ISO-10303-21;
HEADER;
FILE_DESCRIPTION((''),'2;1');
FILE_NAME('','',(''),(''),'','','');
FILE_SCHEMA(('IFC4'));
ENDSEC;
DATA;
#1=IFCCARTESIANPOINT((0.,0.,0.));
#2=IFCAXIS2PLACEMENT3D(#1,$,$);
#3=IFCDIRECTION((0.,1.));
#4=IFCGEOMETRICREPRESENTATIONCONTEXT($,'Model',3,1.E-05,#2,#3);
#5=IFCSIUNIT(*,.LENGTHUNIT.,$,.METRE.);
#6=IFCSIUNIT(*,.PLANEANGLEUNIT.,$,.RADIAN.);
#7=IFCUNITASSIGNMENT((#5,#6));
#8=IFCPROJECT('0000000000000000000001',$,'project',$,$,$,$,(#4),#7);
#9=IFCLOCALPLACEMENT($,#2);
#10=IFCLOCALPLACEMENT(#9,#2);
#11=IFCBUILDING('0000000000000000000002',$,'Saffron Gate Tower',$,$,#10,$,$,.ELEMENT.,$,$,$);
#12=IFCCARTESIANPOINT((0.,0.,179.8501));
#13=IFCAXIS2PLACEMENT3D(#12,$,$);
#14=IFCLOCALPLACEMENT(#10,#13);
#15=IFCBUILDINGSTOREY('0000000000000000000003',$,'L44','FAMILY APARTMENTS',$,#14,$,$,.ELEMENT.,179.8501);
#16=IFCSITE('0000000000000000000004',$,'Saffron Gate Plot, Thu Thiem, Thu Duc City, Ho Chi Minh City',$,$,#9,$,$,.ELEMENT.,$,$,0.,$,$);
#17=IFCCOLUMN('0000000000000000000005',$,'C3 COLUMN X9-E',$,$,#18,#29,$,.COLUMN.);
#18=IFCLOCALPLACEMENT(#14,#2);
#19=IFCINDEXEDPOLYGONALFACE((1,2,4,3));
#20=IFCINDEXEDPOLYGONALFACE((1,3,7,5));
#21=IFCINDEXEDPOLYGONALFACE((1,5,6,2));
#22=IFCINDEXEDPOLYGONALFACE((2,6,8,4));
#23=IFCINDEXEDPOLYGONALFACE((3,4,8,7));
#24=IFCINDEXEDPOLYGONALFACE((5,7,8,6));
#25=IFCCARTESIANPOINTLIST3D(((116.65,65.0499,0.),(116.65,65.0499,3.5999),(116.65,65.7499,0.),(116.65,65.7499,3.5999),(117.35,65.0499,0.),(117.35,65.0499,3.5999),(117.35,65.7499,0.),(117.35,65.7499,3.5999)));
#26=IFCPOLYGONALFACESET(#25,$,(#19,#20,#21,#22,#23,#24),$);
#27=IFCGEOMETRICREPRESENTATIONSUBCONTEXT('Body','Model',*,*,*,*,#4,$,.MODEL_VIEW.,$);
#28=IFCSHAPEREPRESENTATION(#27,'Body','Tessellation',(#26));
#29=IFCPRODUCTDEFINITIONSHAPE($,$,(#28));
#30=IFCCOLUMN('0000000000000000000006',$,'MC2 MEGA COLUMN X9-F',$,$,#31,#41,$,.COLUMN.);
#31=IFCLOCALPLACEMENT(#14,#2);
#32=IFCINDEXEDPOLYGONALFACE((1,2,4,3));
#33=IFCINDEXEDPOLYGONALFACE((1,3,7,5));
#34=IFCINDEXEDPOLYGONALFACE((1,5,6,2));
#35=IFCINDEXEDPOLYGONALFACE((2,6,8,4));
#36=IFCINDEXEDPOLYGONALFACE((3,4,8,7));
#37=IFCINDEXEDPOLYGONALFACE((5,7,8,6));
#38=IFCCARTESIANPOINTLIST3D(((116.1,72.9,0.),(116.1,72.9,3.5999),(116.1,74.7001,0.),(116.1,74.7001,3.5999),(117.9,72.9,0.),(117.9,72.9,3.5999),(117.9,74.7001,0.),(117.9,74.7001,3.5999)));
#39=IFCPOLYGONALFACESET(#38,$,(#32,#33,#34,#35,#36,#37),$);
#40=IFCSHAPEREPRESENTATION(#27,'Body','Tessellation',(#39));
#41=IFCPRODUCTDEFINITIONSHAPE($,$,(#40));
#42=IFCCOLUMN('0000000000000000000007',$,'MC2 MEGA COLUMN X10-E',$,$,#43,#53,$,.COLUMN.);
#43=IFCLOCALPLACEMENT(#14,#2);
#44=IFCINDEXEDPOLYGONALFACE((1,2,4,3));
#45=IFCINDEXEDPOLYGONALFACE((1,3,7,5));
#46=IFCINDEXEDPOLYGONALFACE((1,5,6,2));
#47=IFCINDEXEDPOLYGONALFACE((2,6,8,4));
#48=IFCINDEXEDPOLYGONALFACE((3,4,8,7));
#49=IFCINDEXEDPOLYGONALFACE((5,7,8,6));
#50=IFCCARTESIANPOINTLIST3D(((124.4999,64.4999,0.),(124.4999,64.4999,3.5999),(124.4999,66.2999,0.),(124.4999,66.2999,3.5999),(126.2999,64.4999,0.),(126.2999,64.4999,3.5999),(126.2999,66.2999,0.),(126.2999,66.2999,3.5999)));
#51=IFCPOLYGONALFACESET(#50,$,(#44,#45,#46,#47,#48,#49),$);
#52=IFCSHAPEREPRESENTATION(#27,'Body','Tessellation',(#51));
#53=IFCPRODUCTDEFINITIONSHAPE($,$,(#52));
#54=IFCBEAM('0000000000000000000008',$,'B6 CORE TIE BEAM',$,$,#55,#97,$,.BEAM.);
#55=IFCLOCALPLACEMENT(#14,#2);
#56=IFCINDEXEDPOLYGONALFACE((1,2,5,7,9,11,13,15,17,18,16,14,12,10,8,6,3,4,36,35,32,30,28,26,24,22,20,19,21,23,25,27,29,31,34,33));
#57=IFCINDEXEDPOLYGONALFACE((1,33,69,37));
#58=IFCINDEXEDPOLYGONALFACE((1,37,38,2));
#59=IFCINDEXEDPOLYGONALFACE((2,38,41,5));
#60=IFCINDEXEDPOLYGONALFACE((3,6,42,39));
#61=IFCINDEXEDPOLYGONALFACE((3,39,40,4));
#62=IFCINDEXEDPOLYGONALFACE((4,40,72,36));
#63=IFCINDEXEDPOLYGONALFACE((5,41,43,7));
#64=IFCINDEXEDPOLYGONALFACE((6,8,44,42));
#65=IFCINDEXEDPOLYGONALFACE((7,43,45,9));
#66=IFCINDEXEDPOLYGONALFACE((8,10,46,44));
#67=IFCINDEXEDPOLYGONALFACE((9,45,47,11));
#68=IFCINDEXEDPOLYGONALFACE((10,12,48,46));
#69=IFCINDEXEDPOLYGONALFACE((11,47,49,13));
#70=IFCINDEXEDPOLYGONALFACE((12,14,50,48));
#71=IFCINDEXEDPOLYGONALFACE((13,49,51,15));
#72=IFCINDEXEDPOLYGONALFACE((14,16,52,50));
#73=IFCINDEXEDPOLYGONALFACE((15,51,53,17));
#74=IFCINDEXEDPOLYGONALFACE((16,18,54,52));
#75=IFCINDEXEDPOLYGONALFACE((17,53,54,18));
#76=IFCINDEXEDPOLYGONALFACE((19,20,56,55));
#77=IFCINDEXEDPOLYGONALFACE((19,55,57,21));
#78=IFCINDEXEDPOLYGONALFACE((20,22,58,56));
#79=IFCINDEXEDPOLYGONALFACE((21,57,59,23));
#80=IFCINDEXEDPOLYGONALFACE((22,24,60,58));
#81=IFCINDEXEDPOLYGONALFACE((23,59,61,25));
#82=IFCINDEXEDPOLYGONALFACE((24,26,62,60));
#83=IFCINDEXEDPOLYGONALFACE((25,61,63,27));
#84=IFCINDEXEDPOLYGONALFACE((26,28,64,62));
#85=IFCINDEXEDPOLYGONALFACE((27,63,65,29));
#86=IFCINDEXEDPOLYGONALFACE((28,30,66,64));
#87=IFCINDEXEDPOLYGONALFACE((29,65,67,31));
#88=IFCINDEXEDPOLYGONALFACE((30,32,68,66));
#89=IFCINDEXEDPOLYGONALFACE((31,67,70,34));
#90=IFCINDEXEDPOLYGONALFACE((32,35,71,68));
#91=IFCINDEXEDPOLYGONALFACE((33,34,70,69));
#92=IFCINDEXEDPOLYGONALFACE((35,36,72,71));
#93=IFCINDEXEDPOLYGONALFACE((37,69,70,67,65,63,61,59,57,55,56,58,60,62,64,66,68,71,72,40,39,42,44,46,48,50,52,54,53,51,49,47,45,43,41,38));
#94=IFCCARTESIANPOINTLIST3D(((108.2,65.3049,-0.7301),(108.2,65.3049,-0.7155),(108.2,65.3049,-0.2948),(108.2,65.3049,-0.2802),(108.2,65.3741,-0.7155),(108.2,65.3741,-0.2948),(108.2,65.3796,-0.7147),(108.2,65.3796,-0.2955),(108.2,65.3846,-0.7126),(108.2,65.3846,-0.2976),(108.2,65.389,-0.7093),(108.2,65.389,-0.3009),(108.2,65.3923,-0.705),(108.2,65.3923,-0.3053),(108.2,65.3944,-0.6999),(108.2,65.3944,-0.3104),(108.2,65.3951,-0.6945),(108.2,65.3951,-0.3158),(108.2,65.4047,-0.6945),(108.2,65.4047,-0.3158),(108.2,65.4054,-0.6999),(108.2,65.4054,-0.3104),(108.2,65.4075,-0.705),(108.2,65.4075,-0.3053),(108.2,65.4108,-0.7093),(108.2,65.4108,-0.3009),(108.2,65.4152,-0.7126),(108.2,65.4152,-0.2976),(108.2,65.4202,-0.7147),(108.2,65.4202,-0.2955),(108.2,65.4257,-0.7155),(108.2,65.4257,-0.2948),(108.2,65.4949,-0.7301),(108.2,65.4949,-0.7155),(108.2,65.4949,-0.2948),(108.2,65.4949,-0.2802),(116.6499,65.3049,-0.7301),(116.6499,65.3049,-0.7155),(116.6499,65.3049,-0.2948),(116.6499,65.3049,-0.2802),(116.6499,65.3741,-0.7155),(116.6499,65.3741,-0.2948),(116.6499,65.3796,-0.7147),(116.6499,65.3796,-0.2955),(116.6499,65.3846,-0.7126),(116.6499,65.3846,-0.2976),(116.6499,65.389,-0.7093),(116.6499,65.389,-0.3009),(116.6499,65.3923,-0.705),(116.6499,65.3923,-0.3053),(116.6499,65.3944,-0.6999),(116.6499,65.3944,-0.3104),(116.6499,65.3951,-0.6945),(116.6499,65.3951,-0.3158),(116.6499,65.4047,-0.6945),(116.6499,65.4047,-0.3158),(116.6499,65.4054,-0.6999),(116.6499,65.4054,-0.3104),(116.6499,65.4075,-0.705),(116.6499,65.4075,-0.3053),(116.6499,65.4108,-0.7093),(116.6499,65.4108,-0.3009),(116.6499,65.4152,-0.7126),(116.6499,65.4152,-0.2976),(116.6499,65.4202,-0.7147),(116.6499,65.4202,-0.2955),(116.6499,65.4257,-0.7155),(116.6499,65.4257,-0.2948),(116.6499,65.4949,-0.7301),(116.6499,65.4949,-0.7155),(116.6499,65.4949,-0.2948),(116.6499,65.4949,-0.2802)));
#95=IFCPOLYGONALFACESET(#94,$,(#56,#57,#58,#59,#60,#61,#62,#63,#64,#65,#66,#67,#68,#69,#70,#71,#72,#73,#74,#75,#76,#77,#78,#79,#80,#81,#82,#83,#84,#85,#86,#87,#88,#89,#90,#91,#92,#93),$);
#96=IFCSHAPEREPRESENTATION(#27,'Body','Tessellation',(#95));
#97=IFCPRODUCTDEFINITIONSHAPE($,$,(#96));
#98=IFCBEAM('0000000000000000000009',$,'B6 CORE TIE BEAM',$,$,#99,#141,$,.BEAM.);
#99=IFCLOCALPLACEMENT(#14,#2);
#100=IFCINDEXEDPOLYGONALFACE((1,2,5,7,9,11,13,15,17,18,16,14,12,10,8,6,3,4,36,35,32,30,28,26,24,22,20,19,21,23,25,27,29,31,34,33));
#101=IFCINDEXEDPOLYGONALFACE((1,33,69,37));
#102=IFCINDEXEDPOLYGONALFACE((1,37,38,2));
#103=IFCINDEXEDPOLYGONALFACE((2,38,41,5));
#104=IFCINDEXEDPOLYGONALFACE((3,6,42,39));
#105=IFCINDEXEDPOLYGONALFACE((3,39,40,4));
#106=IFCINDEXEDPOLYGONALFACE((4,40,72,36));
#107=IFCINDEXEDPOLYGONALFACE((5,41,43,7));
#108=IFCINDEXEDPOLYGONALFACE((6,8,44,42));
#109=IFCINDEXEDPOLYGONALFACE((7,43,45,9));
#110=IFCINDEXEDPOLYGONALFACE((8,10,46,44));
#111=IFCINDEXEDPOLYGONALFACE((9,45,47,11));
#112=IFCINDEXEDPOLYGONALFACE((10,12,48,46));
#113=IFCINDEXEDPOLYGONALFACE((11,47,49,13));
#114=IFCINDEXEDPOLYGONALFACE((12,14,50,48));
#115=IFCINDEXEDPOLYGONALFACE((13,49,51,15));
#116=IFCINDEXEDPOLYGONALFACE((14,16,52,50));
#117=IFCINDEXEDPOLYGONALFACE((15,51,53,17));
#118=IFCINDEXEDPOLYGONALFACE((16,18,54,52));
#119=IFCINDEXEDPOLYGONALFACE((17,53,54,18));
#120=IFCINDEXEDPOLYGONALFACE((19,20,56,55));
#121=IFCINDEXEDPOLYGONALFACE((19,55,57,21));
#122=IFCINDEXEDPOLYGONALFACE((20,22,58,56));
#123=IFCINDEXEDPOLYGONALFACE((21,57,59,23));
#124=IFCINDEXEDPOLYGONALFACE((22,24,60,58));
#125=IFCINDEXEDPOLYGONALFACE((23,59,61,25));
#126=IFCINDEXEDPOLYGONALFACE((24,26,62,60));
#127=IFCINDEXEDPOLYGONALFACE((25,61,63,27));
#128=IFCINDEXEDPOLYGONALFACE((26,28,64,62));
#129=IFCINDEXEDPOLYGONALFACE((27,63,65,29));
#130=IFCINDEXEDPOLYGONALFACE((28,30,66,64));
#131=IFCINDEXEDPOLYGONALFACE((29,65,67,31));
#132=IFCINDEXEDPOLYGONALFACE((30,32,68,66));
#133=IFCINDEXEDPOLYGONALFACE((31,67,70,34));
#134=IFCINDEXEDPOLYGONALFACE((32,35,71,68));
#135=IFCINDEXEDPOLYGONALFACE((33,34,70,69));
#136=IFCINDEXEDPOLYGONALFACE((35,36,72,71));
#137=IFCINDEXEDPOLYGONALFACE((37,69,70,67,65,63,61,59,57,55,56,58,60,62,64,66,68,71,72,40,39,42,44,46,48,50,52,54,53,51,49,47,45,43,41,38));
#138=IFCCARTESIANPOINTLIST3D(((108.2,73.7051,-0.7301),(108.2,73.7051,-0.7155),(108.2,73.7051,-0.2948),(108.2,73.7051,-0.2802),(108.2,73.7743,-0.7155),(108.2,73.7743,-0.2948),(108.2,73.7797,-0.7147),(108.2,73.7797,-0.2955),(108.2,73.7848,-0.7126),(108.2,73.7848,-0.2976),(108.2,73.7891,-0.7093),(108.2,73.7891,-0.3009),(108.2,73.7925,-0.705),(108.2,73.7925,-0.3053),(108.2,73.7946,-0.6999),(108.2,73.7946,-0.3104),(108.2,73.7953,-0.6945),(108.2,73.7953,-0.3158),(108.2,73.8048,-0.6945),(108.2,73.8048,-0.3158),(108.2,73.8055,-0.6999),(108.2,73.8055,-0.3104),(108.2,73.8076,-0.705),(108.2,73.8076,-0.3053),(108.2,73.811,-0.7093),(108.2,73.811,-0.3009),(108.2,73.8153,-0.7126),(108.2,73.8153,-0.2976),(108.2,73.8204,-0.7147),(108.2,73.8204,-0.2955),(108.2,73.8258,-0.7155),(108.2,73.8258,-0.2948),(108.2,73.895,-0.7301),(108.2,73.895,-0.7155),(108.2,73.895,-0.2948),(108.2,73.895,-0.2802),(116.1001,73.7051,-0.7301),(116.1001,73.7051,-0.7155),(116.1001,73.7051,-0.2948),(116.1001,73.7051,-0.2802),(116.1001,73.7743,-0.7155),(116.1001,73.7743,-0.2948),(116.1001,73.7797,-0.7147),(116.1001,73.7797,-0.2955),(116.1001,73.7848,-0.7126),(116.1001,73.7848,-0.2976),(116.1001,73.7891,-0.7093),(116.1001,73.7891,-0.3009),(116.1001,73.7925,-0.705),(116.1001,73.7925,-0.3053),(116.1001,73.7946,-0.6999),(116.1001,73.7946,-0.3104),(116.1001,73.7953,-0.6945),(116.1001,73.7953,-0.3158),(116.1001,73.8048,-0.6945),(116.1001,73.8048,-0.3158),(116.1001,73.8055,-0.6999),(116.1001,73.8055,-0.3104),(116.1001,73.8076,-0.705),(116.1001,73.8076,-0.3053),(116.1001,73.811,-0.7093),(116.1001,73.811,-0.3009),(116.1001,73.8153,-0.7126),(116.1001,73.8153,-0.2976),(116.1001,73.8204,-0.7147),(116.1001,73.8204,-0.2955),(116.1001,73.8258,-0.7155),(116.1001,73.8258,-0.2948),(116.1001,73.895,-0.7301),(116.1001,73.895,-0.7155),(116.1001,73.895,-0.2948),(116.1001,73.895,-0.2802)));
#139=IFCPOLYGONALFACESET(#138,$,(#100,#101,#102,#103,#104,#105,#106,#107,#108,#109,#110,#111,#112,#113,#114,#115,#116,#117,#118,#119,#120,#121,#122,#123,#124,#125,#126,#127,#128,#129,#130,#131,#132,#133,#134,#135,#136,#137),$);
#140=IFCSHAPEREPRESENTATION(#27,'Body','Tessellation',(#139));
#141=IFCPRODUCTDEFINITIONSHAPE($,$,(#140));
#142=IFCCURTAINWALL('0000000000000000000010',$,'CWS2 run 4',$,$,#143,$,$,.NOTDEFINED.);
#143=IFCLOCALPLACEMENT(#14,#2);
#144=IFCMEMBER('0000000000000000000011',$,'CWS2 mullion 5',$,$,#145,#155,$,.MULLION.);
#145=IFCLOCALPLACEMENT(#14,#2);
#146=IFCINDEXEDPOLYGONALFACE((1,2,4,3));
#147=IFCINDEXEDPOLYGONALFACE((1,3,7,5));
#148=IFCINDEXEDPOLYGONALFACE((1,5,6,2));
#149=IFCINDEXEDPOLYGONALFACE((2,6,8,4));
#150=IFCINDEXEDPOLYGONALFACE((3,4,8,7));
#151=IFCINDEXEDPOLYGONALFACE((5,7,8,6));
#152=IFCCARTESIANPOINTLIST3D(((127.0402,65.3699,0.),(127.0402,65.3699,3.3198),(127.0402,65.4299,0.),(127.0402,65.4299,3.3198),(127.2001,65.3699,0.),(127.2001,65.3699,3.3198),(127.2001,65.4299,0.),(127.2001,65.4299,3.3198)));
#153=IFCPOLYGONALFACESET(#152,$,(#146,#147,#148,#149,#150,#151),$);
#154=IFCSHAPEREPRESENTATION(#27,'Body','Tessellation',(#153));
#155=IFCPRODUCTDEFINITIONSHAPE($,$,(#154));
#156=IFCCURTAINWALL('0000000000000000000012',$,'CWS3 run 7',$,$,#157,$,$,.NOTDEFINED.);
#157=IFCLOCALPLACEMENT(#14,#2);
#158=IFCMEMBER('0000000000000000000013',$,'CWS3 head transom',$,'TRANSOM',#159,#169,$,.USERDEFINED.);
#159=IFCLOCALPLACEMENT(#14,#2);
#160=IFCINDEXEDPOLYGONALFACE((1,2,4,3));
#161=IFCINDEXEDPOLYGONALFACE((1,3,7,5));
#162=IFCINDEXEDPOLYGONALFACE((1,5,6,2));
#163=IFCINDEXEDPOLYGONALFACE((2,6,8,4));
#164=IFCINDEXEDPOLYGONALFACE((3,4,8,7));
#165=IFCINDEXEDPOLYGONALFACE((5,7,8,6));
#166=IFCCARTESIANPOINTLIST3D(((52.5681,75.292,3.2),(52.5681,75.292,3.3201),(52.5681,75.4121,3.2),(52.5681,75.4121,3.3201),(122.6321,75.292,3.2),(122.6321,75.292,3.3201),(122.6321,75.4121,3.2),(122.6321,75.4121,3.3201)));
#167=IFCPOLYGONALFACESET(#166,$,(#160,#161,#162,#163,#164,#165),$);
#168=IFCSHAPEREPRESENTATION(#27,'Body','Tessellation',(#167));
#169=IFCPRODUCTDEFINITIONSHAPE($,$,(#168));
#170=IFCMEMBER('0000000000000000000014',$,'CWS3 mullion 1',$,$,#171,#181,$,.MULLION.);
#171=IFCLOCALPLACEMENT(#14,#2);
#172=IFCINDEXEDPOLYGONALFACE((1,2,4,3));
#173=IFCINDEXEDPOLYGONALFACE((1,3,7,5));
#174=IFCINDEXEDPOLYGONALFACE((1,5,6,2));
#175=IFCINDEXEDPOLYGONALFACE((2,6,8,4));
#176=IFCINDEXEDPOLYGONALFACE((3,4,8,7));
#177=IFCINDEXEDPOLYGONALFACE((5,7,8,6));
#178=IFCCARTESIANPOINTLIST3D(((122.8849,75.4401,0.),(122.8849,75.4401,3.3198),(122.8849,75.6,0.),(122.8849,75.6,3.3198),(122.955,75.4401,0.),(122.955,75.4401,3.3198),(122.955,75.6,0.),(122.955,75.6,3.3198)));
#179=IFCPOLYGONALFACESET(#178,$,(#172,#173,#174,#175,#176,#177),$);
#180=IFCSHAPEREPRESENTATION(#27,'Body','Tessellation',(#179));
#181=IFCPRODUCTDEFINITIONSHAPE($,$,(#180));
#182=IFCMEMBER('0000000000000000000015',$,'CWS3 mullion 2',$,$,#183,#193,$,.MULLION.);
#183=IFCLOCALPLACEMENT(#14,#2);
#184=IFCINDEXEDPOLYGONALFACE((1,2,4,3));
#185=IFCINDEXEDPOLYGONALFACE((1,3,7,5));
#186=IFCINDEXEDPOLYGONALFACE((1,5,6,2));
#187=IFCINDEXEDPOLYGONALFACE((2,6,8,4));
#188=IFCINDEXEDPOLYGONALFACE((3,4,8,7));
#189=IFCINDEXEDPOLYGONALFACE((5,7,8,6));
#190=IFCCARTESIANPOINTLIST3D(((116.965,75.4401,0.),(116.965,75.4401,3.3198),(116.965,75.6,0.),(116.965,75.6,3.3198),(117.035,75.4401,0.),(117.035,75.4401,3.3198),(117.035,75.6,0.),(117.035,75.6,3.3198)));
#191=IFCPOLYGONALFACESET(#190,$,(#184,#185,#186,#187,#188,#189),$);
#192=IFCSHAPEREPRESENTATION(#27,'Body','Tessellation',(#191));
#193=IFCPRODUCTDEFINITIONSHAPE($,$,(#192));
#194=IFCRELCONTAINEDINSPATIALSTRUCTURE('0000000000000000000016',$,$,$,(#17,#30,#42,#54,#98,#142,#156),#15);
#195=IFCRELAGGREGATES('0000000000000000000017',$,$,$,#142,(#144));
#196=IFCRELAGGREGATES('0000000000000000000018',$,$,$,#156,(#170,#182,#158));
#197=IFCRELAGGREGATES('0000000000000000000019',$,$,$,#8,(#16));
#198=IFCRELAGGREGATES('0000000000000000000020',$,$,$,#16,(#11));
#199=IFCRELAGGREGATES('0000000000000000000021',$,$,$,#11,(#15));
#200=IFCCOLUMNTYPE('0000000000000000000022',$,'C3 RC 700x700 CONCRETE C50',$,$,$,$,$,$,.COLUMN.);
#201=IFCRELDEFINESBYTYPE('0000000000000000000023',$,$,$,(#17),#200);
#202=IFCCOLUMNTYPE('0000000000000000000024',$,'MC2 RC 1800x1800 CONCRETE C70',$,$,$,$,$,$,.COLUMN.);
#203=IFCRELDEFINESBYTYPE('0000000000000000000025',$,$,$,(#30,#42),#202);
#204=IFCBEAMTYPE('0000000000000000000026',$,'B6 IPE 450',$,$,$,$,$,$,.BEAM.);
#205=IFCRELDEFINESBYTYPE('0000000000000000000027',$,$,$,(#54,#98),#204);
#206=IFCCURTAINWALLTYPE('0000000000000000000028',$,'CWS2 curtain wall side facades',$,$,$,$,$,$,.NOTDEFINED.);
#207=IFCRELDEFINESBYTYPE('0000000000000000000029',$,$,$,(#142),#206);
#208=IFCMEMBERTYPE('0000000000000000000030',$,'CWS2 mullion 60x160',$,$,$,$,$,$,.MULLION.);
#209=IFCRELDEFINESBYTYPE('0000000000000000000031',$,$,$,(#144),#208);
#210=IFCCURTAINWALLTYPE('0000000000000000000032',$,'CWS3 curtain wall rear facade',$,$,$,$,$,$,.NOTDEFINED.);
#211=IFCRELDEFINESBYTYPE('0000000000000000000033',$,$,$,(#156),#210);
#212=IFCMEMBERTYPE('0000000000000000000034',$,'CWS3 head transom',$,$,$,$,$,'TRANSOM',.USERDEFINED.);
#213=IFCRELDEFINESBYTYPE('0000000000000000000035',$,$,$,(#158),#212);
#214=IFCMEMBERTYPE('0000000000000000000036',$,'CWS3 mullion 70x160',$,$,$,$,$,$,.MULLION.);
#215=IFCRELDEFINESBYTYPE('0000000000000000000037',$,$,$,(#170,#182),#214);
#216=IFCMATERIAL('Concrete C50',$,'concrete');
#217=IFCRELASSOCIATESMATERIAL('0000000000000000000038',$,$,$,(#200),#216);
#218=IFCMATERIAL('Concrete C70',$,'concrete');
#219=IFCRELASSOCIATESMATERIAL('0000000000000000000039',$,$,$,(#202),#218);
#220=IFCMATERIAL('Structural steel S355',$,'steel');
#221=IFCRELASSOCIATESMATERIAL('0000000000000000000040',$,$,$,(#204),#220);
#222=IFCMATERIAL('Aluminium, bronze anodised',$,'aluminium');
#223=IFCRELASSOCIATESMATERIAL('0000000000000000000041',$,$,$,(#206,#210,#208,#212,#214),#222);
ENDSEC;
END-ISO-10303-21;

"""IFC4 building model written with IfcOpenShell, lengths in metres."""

from ifc_helpers import new_model, si_unit, direction, frame, origin, origin_2d, place, context, subcontext, project, spatial, rectangle, i_section, extrude, material, material_profile, profile_set, type_object, element, aggregate, save


model = new_model("IFC4")

# Units and contexts
model_context = context("Model", 3, precision=1e-05, world=origin(), true_north=direction((0.0, 1.0)))
body_context = subcontext(model_context, "Body", "Model", "MODEL_VIEW")
ifc_project = project(units=[si_unit("LENGTHUNIT", "METRE"), si_unit("PLANEANGLEUNIT", "RADIAN")], contexts=[model_context])

# Site, building, storey
site_placement = place(None, origin())
site = spatial("IfcSite", under=ifc_project, at=site_placement, Name="Saffron Gate Plot, Thu Thiem, Thu Duc City, Ho Chi Minh City", CompositionType="ELEMENT", RefElevation=0.0)
building_placement = place(site_placement, origin())
building = spatial("IfcBuilding", under=site, at=building_placement, Name="Saffron Gate Tower", CompositionType="ELEMENT")
storey_placement = place(building_placement, frame((0.0, 0.0, 179.8501)))
storey = spatial("IfcBuildingStorey", under=building, at=storey_placement, Name="L44", Description="FAMILY APARTMENTS", CompositionType="ELEMENT", Elevation=179.8501)

# Columns
ifc_material_1 = material(Name="Concrete C50", Category="concrete")
ifc_material_profile_1 = material_profile(ifc_material_1, rectangle(XDim=0.7, YDim=0.7, at=origin_2d()))
ifc_profile_set_1 = profile_set([ifc_material_profile_1], Name="Concrete C50")
column_type_1 = type_object("IfcColumnType", Name="C3 RC 700x700 CONCRETE C50", PredefinedType="COLUMN", material=ifc_profile_set_1)
column_placement = place(storey_placement, frame((117.0, 65.3999, 0.0), z_axis=(0.0, 0.0, 1.0), x_axis=(1.0, 0.0, 0.0)))
element("IfcColumn", 1, at=column_placement, inside=storey, type_object=column_type_1, Name="C3 COLUMN X9-E", PredefinedType="COLUMN", context=body_context, shape_type="SweptSolid", body=[
    extrude(rectangle(XDim=0.7, YDim=0.7, at=origin_2d()), origin(), (0.0, 0.0, 1.0), 3.5999),
])
ifc_material_2 = material(Name="Concrete C70", Category="concrete")
ifc_material_profile_2 = material_profile(ifc_material_2, rectangle(XDim=1.8, YDim=1.8, at=origin_2d()))
ifc_profile_set_2 = profile_set([ifc_material_profile_2], Name="Concrete C70")
column_type_2 = type_object("IfcColumnType", Name="MC2 RC 1800x1800 CONCRETE C70", PredefinedType="COLUMN", material=ifc_profile_set_2)
for number, where, z_axis, x_axis, name in (
    (2, (117.0, 73.8, 0.0), (0.0, 0.0, 1.0), (1.0, 0.0, 0.0), "MC2 MEGA COLUMN X9-F"),
    (3, (125.3999, 65.3999, 0.0), (0.0, 0.0, 1.0), (1.0, 0.0, 0.0), "MC2 MEGA COLUMN X10-E"),
):
    element("IfcColumn", number, at=place(storey_placement, frame(where, z_axis=z_axis, x_axis=x_axis)), inside=storey, type_object=column_type_2, Name=name, PredefinedType="COLUMN", context=body_context, shape_type="SweptSolid", body=[
        extrude(rectangle(XDim=1.8, YDim=1.8, at=origin_2d()), origin(), (0.0, 0.0, 1.0), 3.5999),
    ])

# Beams
ifc_material_3 = material(Name="Structural steel S355", Category="steel")
ifc_material_profile_3 = material_profile(ifc_material_3, i_section(OverallWidth=0.1899, OverallDepth=0.45, WebThickness=0.0095, FlangeThickness=0.0146, FilletRadius=0.021, at=origin_2d()))
ifc_profile_set_3 = profile_set([ifc_material_profile_3], Name="Structural steel S355")
beam_type = type_object("IfcBeamType", Name="B6 IPE 450", PredefinedType="BEAM", material=ifc_profile_set_3)
beam_1_placement = place(storey_placement, frame((116.6499, 65.3999, -0.5051), z_axis=(-1.0, 0.0, 0.0), x_axis=(0.0, -1.0, 0.0)))
element("IfcBeam", 4, at=beam_1_placement, inside=storey, type_object=beam_type, Name="B6 CORE TIE BEAM", PredefinedType="BEAM", context=body_context, shape_type="SweptSolid", body=[
    extrude(i_section(OverallWidth=0.1899, OverallDepth=0.45, WebThickness=0.0095, FlangeThickness=0.0146, FilletRadius=0.021, at=origin_2d()), origin(), (0.0, 0.0, 1.0), 8.45),
])
beam_2_placement = place(storey_placement, frame((116.1001, 73.8, -0.5051), z_axis=(-1.0, 0.0, 0.0), x_axis=(0.0, -1.0, 0.0)))
element("IfcBeam", 5, at=beam_2_placement, inside=storey, type_object=beam_type, Name="B6 CORE TIE BEAM", PredefinedType="BEAM", context=body_context, shape_type="SweptSolid", body=[
    extrude(i_section(OverallWidth=0.1899, OverallDepth=0.45, WebThickness=0.0095, FlangeThickness=0.0146, FilletRadius=0.021, at=origin_2d()), origin(), (0.0, 0.0, 1.0), 7.9001),
])

# Curtain wall, member
ifc_material_4 = material(Name="Aluminium, bronze anodised", Category="aluminium")
curtain_wall_type_1 = type_object("IfcCurtainWallType", Name="CWS2 curtain wall side facades", PredefinedType="NOTDEFINED", material=ifc_material_4)
curtain_wall_1_placement = place(storey_placement, origin())
curtain_wall_1 = element("IfcCurtainWall", 6, at=curtain_wall_1_placement, inside=storey, type_object=curtain_wall_type_1, Name="CWS2 run 4", PredefinedType="NOTDEFINED")
ifc_material_profile_4 = material_profile(ifc_material_4, rectangle(XDim=0.1599, YDim=0.0601, at=origin_2d()))
ifc_profile_set_4 = profile_set([ifc_material_profile_4], Name="Aluminium, bronze anodised")
member_type_1 = type_object("IfcMemberType", Name="CWS2 mullion 60x160", PredefinedType="MULLION", material=ifc_profile_set_4)
member_1_placement = place(storey_placement, frame((127.1201, 65.3999, 0.0), z_axis=(0.0, 0.0, 1.0), x_axis=(-1.0, 0.0, 0.0)))
member_1 = element("IfcMember", 7, at=member_1_placement, type_object=member_type_1, Name="CWS2 mullion 5", PredefinedType="MULLION", context=body_context, shape_type="SweptSolid", body=[
    extrude(rectangle(XDim=0.1599, YDim=0.0601, at=origin_2d()), origin(), (0.0, 0.0, 1.0), 3.3198),
])
aggregate(curtain_wall_1, [member_1])

# Curtain wall, members
curtain_wall_type_2 = type_object("IfcCurtainWallType", Name="CWS3 curtain wall rear facade", PredefinedType="NOTDEFINED", material=ifc_material_4)
curtain_wall_2_placement = place(storey_placement, origin())
curtain_wall_2 = element("IfcCurtainWall", 8, at=curtain_wall_2_placement, inside=storey, type_object=curtain_wall_type_2, Name="CWS3 run 7", PredefinedType="NOTDEFINED")
ifc_material_profile_5 = material_profile(ifc_material_4, rectangle(XDim=0.1201, YDim=0.1201, at=origin_2d()))
ifc_profile_set_5 = profile_set([ifc_material_profile_5], Name="Aluminium, bronze anodised")
member_type_2 = type_object("IfcMemberType", Name="CWS3 head transom", ElementType="TRANSOM", PredefinedType="USERDEFINED", material=ifc_profile_set_5)
member_2_placement = place(storey_placement, frame((122.6321, 75.3521, 3.26), z_axis=(-1.0, 0.0, 0.0), x_axis=(0.0, -1.0, 0.0)))
member_2 = element("IfcMember", 9, at=member_2_placement, type_object=member_type_2, Name="CWS3 head transom", ObjectType="TRANSOM", PredefinedType="USERDEFINED", context=body_context, shape_type="SweptSolid", body=[
    extrude(rectangle(XDim=0.1201, YDim=0.1201, at=origin_2d()), origin(), (0.0, 0.0, 1.0), 70.064),
])
ifc_material_profile_6 = material_profile(ifc_material_4, rectangle(XDim=0.1599, YDim=0.0701, at=origin_2d()))
ifc_profile_set_6 = profile_set([ifc_material_profile_6], Name="Aluminium, bronze anodised")
member_type_3 = type_object("IfcMemberType", Name="CWS3 mullion 70x160", PredefinedType="MULLION", material=ifc_profile_set_6)
member_3_placement = place(storey_placement, frame((122.9199, 75.52, 0.0), z_axis=(0.0, 0.0, 1.0), x_axis=(0.0, -1.0, 0.0)))
member_3 = element("IfcMember", 10, at=member_3_placement, type_object=member_type_3, Name="CWS3 mullion 1", PredefinedType="MULLION", context=body_context, shape_type="SweptSolid", body=[
    extrude(rectangle(XDim=0.1599, YDim=0.0701, at=origin_2d()), origin(), (0.0, 0.0, 1.0), 3.3198),
])
member_4_placement = place(storey_placement, frame((117.0, 75.52, 0.0), z_axis=(0.0, 0.0, 1.0), x_axis=(0.0, -1.0, 0.0)))
member_4 = element("IfcMember", 11, at=member_4_placement, type_object=member_type_3, Name="CWS3 mullion 2", PredefinedType="MULLION", context=body_context, shape_type="SweptSolid", body=[
    extrude(rectangle(XDim=0.1599, YDim=0.0701, at=origin_2d()), origin(), (0.0, 0.0, 1.0), 3.3198),
])

aggregate(curtain_wall_2, [member_3, member_4, member_2])

save(model, "model.ifc")
